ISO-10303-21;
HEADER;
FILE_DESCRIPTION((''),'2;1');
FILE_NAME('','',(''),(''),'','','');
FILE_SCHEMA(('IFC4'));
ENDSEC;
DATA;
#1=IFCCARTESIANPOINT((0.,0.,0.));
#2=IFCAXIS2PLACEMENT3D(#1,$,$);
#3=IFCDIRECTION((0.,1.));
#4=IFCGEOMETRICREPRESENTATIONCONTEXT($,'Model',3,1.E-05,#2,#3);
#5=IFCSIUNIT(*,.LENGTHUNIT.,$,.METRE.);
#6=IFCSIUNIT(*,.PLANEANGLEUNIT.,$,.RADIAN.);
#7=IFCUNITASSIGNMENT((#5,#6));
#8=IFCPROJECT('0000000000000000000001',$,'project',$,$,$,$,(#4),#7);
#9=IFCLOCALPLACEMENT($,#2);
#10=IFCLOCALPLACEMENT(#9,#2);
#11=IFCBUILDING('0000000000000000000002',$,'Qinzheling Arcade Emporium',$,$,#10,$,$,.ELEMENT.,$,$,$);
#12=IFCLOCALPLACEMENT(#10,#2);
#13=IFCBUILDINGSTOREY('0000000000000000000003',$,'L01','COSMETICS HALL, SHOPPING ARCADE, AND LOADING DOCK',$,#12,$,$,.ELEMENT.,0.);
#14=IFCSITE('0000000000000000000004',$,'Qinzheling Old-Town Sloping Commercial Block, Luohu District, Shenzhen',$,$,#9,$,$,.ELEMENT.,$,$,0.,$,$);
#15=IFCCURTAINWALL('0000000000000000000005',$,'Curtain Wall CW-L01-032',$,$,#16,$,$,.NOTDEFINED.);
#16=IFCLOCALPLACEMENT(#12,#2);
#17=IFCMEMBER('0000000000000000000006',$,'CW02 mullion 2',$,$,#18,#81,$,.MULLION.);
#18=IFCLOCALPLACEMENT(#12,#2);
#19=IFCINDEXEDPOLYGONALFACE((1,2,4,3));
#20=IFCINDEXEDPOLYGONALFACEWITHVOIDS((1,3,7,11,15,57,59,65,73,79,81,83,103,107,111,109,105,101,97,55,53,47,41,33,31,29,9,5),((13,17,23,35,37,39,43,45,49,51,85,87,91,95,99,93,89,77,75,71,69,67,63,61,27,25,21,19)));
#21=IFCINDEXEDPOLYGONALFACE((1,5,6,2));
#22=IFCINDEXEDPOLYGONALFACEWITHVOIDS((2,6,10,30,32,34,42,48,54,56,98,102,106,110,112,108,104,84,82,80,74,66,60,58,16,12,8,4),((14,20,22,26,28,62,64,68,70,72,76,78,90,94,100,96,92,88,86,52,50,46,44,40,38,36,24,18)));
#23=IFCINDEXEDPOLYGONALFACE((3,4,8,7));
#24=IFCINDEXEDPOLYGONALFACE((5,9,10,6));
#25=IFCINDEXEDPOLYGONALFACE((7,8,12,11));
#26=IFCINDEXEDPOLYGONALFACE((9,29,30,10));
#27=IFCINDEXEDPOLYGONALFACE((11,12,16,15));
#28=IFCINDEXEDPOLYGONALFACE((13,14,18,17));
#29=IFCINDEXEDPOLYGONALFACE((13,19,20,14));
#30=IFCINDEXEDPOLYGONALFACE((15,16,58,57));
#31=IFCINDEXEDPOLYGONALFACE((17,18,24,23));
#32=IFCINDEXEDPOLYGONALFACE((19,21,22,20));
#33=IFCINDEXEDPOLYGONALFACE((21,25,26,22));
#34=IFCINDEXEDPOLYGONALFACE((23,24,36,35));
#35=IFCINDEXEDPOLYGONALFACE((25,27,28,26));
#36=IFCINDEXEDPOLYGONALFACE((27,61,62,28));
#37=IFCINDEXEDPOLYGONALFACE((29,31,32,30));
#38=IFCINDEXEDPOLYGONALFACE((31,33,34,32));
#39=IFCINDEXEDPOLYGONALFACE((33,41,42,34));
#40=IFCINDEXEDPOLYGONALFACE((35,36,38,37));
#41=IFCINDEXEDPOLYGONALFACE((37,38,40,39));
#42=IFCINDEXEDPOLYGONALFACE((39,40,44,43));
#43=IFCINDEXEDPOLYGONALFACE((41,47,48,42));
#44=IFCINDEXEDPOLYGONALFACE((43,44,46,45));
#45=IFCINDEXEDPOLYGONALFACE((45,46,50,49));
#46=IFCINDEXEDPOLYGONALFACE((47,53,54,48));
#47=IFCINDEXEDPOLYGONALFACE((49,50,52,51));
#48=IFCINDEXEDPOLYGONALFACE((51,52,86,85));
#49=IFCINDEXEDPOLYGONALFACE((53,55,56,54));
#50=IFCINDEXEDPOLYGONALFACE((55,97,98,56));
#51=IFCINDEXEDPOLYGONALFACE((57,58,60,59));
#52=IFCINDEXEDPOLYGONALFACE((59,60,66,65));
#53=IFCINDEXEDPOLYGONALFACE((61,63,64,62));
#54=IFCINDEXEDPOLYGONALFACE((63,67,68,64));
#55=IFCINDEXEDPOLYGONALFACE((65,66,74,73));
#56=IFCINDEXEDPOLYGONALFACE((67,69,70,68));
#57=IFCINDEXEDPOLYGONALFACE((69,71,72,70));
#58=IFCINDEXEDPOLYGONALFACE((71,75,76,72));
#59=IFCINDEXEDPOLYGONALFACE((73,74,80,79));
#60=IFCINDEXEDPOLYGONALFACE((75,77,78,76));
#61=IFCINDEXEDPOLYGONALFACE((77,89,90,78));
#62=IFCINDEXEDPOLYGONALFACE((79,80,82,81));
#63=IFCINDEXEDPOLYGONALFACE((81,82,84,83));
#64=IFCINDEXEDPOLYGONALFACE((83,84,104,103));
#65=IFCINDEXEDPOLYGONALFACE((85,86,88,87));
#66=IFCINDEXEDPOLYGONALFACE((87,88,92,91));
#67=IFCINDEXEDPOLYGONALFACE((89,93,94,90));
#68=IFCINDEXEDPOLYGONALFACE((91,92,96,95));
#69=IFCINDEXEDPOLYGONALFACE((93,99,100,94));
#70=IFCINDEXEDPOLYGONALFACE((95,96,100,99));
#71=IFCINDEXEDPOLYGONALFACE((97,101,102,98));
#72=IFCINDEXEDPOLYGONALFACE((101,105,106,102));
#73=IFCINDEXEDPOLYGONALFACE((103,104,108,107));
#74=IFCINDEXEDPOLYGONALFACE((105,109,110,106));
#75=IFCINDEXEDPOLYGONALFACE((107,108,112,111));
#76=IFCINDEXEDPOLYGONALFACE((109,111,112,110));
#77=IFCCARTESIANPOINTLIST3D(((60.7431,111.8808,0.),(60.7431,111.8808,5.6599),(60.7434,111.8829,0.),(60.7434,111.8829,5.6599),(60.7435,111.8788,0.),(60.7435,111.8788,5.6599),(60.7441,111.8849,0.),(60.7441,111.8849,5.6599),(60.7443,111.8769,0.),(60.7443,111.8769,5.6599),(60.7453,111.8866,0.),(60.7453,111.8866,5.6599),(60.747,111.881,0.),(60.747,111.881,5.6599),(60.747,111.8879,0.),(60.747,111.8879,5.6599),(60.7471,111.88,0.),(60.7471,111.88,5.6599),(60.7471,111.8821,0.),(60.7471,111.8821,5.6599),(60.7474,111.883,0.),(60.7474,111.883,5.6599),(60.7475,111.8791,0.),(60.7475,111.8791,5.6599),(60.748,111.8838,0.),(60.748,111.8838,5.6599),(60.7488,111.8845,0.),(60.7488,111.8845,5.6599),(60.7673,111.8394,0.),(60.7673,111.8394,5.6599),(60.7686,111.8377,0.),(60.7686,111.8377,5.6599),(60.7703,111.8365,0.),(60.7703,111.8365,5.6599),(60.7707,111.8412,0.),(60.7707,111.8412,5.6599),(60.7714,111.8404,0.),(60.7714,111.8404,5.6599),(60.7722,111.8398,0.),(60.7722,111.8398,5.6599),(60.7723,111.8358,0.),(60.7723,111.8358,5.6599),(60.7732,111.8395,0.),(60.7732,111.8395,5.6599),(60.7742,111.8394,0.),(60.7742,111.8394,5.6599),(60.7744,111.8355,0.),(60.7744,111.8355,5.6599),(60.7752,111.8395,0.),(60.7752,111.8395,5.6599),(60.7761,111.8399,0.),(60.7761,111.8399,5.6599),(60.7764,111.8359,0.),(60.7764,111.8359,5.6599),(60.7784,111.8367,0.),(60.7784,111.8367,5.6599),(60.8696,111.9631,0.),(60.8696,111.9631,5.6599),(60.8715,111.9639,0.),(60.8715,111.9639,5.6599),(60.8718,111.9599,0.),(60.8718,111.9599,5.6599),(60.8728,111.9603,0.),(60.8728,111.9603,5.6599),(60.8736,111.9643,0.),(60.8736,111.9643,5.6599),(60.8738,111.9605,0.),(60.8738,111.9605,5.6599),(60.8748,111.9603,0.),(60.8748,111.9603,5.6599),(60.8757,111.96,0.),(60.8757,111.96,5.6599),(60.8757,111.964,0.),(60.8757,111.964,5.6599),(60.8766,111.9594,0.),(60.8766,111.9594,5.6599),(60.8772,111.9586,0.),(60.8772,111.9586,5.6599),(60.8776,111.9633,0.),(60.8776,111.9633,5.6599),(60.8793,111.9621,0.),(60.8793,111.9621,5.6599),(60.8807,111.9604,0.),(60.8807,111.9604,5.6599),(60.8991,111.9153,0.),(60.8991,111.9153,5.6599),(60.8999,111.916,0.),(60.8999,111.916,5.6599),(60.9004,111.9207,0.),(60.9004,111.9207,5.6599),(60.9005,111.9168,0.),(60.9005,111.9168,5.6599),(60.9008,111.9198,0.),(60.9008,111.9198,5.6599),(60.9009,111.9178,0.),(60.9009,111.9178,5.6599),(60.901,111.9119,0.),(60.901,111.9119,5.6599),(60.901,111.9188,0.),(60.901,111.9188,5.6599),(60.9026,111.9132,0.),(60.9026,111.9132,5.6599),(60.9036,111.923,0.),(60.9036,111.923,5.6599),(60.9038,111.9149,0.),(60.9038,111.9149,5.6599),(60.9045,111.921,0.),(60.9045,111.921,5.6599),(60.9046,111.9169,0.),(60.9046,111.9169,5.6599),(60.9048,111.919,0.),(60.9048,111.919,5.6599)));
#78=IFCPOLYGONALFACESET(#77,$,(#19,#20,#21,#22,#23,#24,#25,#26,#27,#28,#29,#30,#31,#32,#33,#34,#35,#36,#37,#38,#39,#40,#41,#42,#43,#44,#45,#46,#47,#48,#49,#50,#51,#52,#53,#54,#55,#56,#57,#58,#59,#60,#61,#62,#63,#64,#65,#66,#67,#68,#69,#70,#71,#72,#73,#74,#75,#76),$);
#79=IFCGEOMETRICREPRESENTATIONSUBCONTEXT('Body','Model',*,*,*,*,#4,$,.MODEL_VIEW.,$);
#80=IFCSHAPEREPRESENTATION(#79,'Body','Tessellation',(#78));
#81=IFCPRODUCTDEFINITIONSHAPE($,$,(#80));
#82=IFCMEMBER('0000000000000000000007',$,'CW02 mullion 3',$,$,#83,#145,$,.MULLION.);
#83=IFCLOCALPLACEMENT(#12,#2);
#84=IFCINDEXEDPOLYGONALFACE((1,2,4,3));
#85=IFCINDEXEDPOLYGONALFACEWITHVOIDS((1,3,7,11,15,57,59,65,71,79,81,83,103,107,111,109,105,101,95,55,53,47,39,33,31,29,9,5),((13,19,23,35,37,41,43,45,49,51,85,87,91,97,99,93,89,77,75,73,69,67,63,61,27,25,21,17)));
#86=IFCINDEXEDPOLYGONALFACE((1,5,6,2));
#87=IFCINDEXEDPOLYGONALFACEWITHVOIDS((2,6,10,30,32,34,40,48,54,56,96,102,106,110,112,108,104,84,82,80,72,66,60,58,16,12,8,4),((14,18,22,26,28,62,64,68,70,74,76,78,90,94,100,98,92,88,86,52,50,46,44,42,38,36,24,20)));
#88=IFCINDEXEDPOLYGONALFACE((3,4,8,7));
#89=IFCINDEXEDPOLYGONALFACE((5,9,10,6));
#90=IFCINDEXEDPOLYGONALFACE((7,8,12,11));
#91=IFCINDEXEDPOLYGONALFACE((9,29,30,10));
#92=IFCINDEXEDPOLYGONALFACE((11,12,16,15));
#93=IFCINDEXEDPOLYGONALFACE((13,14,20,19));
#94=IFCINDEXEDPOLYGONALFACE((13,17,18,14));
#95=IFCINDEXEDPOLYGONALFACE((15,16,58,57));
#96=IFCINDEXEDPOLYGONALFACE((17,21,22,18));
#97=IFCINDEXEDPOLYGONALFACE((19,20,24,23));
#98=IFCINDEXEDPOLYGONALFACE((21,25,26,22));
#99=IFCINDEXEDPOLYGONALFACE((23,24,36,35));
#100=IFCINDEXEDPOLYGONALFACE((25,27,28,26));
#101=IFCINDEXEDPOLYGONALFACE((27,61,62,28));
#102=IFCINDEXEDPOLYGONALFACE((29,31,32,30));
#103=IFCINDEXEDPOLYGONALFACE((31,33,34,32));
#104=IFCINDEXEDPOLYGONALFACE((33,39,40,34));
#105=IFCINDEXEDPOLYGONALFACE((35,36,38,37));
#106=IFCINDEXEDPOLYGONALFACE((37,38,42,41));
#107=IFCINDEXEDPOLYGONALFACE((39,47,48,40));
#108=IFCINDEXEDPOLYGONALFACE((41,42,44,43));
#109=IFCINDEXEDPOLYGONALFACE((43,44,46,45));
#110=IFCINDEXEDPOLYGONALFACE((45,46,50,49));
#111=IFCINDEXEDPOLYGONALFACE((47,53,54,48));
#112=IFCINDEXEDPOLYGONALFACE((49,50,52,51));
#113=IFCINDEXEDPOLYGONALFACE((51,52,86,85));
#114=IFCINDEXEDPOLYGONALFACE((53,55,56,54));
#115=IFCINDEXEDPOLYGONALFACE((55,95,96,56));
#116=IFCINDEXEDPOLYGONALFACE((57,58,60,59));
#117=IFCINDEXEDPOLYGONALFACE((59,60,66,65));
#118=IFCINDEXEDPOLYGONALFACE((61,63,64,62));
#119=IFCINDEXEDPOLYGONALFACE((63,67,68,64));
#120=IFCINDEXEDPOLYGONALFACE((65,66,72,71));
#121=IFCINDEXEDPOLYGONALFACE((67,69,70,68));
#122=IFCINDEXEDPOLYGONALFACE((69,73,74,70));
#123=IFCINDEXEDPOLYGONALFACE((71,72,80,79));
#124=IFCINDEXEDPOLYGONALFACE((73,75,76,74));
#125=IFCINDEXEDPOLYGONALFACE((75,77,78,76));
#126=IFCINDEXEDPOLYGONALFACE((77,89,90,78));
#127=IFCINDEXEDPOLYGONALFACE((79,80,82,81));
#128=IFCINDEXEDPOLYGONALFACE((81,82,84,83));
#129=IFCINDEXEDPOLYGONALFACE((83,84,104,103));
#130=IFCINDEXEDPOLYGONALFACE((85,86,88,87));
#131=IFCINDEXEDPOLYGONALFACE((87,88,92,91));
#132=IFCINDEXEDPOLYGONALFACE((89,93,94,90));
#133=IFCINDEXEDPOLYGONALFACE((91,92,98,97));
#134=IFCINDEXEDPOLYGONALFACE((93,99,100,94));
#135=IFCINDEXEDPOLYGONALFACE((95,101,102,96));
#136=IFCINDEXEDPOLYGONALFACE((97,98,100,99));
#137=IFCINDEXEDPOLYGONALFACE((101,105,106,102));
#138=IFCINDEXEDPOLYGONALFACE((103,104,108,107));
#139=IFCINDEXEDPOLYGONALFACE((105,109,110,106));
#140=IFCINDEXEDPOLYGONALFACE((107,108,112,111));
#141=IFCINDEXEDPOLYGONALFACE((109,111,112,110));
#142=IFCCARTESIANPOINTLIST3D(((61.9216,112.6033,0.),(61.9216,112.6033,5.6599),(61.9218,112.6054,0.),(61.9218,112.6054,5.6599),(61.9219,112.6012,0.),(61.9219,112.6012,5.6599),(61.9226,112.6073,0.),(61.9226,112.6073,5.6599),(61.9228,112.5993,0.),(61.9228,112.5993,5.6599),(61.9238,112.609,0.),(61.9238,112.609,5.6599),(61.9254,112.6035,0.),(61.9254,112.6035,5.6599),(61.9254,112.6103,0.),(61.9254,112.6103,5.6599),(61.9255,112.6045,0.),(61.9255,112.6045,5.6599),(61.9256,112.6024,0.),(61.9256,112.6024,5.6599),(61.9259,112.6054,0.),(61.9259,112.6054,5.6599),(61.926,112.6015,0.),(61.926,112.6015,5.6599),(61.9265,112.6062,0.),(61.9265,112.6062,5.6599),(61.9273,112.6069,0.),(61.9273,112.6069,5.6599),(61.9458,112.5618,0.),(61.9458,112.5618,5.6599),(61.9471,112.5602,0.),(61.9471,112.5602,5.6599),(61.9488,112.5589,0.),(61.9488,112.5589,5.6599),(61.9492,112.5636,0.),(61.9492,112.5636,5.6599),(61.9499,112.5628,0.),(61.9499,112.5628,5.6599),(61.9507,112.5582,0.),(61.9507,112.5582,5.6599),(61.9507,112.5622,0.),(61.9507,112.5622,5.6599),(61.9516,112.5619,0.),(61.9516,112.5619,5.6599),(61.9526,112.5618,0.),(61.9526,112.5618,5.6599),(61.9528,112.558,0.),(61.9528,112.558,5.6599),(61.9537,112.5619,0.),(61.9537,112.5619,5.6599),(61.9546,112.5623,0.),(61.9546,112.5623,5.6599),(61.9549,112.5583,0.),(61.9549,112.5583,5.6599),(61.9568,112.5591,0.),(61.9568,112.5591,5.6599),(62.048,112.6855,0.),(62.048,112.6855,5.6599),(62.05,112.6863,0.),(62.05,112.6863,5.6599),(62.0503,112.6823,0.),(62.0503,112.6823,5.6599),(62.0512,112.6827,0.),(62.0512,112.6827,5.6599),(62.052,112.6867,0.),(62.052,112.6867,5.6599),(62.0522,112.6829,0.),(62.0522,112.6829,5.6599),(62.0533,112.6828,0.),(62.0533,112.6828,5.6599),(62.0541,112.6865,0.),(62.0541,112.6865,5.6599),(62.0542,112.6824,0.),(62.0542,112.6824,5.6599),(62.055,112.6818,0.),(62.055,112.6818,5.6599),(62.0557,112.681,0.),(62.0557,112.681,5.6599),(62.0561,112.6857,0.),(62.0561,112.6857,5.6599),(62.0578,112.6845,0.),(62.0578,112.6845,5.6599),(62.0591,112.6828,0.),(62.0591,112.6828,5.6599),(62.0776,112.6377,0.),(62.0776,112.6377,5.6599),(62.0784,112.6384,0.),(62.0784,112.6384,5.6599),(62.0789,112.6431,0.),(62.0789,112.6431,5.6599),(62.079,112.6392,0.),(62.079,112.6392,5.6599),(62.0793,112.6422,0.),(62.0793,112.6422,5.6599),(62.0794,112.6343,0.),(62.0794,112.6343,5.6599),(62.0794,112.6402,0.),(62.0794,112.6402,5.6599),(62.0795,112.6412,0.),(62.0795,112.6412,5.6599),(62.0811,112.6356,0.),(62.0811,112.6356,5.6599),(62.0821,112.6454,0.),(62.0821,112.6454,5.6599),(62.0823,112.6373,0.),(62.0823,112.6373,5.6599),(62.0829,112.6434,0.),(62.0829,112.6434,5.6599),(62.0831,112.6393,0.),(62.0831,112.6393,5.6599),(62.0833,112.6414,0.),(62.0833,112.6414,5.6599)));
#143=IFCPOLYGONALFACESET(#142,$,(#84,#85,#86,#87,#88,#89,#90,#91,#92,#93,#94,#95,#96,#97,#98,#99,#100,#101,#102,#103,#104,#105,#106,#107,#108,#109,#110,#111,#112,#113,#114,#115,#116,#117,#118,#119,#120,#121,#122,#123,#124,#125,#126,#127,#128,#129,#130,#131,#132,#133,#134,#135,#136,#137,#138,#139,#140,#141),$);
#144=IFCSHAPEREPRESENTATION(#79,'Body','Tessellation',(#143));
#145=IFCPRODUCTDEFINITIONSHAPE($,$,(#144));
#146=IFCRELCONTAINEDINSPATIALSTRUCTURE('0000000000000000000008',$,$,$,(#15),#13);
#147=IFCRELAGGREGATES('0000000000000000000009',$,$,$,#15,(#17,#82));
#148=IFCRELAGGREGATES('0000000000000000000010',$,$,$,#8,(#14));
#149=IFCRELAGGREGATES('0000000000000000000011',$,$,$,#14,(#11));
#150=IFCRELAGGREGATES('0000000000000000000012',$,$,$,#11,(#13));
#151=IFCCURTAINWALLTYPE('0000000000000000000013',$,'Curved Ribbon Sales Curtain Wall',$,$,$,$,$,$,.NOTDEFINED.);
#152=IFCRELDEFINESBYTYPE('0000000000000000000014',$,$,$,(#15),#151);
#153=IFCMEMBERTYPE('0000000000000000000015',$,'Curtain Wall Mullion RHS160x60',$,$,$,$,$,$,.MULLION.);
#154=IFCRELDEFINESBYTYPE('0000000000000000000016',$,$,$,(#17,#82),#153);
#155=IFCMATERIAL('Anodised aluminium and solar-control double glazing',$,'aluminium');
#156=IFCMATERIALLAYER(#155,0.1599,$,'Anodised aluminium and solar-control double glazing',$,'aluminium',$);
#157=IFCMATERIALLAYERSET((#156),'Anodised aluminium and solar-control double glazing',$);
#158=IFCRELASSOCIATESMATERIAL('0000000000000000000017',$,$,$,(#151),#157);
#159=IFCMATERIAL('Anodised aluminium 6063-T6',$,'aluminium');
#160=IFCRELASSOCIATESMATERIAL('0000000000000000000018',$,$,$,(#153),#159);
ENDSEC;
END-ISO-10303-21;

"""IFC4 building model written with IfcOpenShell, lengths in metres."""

from ifc_helpers import new_model, si_unit, direction, frame, origin, origin_2d, place, context, subcontext, project, spatial, hollow_rectangle, extrude, material, layer, layer_set, material_profile, profile_set, type_object, element, aggregate, save


model = new_model("IFC4")

# Units and contexts
model_context = context("Model", 3, precision=1e-05, world=origin(), true_north=direction((0.0, 1.0)))
body_context = subcontext(model_context, "Body", "Model", "MODEL_VIEW")
ifc_project = project(units=[si_unit("LENGTHUNIT", "METRE"), si_unit("PLANEANGLEUNIT", "RADIAN")], contexts=[model_context])

# Site, building, storey
site_placement = place(None, origin())
site = spatial("IfcSite", under=ifc_project, at=site_placement, Name="Qinzheling Old-Town Sloping Commercial Block, Luohu District, Shenzhen", CompositionType="ELEMENT", RefElevation=0.0)
building_placement = place(site_placement, origin())
building = spatial("IfcBuilding", under=site, at=building_placement, Name="Qinzheling Arcade Emporium", CompositionType="ELEMENT")
storey_placement = place(building_placement, origin())
storey = spatial("IfcBuildingStorey", under=building, at=storey_placement, Name="L01", Description="COSMETICS HALL, SHOPPING ARCADE, AND LOADING DOCK", CompositionType="ELEMENT", Elevation=0.0)

# Shared definitions
ifc_material_1 = material(Name="Anodised aluminium and solar-control double glazing", Category="aluminium")
ifc_layer_1 = layer(ifc_material_1, 0.1599, Name="Anodised aluminium and solar-control double glazing", Category="aluminium")
ifc_layer_set_1 = layer_set([ifc_layer_1], Name="Anodised aluminium and solar-control double glazing")
curtain_wall_type = type_object("IfcCurtainWallType", Name="Curved Ribbon Sales Curtain Wall", PredefinedType="NOTDEFINED", material=ifc_layer_set_1)
ifc_material_2 = material(Name="Anodised aluminium 6063-T6", Category="aluminium")
ifc_material_profile_1 = material_profile(ifc_material_2, hollow_rectangle(XDim=0.0601, YDim=0.1599, WallThickness=0.0039, InnerFilletRadius=0.0039, OuterFilletRadius=0.0081, at=origin_2d()), Name="RHS 160x60x4", Category="aluminium")
ifc_profile_set_1 = profile_set([ifc_material_profile_1], Name="Anodised aluminium 6063-T6")
member_type_1 = type_object("IfcMemberType", Name="Curtain Wall Mullion RHS160x60", PredefinedType="MULLION", material=ifc_profile_set_1)

# Curtain wall, members
curtain_wall_1_placement = place(storey_placement, origin())
curtain_wall_1 = element("IfcCurtainWall", 1, at=curtain_wall_1_placement, inside=storey, type_object=curtain_wall_type, Name="Curtain Wall CW-L01-032", PredefinedType="NOTDEFINED")
member_1_placement = place(storey_placement, frame((60.824, 111.8999, 0.0), z_axis=(0.0, 0.0, 1.0), x_axis=(-0.522595, 0.852581, 0.0)))
member_1 = element("IfcMember", 2, at=member_1_placement, type_object=member_type_1, Name="CW02 mullion 2", PredefinedType="MULLION", context=body_context, shape_type="SweptSolid", body=[
    extrude(hollow_rectangle(XDim=0.0601, YDim=0.1599, WallThickness=0.0039, InnerFilletRadius=0.0039, OuterFilletRadius=0.0081, at=origin_2d()), origin(), (0.0, 0.0, 1.0), 5.6599),
])
member_2_placement = place(storey_placement, frame((62.0024, 112.6223, 0.0), z_axis=(0.0, 0.0, 1.0), x_axis=(-0.522595, 0.852581, 0.0)))
member_2 = element("IfcMember", 3, at=member_2_placement, type_object=member_type_1, Name="CW02 mullion 3", PredefinedType="MULLION", context=body_context, shape_type="SweptSolid", body=[
    extrude(hollow_rectangle(XDim=0.0601, YDim=0.1599, WallThickness=0.0039, InnerFilletRadius=0.0039, OuterFilletRadius=0.0081, at=origin_2d()), origin(), (0.0, 0.0, 1.0), 5.6599),
])

aggregate(curtain_wall_1, [member_1, member_2])

save(model, "model.ifc")
